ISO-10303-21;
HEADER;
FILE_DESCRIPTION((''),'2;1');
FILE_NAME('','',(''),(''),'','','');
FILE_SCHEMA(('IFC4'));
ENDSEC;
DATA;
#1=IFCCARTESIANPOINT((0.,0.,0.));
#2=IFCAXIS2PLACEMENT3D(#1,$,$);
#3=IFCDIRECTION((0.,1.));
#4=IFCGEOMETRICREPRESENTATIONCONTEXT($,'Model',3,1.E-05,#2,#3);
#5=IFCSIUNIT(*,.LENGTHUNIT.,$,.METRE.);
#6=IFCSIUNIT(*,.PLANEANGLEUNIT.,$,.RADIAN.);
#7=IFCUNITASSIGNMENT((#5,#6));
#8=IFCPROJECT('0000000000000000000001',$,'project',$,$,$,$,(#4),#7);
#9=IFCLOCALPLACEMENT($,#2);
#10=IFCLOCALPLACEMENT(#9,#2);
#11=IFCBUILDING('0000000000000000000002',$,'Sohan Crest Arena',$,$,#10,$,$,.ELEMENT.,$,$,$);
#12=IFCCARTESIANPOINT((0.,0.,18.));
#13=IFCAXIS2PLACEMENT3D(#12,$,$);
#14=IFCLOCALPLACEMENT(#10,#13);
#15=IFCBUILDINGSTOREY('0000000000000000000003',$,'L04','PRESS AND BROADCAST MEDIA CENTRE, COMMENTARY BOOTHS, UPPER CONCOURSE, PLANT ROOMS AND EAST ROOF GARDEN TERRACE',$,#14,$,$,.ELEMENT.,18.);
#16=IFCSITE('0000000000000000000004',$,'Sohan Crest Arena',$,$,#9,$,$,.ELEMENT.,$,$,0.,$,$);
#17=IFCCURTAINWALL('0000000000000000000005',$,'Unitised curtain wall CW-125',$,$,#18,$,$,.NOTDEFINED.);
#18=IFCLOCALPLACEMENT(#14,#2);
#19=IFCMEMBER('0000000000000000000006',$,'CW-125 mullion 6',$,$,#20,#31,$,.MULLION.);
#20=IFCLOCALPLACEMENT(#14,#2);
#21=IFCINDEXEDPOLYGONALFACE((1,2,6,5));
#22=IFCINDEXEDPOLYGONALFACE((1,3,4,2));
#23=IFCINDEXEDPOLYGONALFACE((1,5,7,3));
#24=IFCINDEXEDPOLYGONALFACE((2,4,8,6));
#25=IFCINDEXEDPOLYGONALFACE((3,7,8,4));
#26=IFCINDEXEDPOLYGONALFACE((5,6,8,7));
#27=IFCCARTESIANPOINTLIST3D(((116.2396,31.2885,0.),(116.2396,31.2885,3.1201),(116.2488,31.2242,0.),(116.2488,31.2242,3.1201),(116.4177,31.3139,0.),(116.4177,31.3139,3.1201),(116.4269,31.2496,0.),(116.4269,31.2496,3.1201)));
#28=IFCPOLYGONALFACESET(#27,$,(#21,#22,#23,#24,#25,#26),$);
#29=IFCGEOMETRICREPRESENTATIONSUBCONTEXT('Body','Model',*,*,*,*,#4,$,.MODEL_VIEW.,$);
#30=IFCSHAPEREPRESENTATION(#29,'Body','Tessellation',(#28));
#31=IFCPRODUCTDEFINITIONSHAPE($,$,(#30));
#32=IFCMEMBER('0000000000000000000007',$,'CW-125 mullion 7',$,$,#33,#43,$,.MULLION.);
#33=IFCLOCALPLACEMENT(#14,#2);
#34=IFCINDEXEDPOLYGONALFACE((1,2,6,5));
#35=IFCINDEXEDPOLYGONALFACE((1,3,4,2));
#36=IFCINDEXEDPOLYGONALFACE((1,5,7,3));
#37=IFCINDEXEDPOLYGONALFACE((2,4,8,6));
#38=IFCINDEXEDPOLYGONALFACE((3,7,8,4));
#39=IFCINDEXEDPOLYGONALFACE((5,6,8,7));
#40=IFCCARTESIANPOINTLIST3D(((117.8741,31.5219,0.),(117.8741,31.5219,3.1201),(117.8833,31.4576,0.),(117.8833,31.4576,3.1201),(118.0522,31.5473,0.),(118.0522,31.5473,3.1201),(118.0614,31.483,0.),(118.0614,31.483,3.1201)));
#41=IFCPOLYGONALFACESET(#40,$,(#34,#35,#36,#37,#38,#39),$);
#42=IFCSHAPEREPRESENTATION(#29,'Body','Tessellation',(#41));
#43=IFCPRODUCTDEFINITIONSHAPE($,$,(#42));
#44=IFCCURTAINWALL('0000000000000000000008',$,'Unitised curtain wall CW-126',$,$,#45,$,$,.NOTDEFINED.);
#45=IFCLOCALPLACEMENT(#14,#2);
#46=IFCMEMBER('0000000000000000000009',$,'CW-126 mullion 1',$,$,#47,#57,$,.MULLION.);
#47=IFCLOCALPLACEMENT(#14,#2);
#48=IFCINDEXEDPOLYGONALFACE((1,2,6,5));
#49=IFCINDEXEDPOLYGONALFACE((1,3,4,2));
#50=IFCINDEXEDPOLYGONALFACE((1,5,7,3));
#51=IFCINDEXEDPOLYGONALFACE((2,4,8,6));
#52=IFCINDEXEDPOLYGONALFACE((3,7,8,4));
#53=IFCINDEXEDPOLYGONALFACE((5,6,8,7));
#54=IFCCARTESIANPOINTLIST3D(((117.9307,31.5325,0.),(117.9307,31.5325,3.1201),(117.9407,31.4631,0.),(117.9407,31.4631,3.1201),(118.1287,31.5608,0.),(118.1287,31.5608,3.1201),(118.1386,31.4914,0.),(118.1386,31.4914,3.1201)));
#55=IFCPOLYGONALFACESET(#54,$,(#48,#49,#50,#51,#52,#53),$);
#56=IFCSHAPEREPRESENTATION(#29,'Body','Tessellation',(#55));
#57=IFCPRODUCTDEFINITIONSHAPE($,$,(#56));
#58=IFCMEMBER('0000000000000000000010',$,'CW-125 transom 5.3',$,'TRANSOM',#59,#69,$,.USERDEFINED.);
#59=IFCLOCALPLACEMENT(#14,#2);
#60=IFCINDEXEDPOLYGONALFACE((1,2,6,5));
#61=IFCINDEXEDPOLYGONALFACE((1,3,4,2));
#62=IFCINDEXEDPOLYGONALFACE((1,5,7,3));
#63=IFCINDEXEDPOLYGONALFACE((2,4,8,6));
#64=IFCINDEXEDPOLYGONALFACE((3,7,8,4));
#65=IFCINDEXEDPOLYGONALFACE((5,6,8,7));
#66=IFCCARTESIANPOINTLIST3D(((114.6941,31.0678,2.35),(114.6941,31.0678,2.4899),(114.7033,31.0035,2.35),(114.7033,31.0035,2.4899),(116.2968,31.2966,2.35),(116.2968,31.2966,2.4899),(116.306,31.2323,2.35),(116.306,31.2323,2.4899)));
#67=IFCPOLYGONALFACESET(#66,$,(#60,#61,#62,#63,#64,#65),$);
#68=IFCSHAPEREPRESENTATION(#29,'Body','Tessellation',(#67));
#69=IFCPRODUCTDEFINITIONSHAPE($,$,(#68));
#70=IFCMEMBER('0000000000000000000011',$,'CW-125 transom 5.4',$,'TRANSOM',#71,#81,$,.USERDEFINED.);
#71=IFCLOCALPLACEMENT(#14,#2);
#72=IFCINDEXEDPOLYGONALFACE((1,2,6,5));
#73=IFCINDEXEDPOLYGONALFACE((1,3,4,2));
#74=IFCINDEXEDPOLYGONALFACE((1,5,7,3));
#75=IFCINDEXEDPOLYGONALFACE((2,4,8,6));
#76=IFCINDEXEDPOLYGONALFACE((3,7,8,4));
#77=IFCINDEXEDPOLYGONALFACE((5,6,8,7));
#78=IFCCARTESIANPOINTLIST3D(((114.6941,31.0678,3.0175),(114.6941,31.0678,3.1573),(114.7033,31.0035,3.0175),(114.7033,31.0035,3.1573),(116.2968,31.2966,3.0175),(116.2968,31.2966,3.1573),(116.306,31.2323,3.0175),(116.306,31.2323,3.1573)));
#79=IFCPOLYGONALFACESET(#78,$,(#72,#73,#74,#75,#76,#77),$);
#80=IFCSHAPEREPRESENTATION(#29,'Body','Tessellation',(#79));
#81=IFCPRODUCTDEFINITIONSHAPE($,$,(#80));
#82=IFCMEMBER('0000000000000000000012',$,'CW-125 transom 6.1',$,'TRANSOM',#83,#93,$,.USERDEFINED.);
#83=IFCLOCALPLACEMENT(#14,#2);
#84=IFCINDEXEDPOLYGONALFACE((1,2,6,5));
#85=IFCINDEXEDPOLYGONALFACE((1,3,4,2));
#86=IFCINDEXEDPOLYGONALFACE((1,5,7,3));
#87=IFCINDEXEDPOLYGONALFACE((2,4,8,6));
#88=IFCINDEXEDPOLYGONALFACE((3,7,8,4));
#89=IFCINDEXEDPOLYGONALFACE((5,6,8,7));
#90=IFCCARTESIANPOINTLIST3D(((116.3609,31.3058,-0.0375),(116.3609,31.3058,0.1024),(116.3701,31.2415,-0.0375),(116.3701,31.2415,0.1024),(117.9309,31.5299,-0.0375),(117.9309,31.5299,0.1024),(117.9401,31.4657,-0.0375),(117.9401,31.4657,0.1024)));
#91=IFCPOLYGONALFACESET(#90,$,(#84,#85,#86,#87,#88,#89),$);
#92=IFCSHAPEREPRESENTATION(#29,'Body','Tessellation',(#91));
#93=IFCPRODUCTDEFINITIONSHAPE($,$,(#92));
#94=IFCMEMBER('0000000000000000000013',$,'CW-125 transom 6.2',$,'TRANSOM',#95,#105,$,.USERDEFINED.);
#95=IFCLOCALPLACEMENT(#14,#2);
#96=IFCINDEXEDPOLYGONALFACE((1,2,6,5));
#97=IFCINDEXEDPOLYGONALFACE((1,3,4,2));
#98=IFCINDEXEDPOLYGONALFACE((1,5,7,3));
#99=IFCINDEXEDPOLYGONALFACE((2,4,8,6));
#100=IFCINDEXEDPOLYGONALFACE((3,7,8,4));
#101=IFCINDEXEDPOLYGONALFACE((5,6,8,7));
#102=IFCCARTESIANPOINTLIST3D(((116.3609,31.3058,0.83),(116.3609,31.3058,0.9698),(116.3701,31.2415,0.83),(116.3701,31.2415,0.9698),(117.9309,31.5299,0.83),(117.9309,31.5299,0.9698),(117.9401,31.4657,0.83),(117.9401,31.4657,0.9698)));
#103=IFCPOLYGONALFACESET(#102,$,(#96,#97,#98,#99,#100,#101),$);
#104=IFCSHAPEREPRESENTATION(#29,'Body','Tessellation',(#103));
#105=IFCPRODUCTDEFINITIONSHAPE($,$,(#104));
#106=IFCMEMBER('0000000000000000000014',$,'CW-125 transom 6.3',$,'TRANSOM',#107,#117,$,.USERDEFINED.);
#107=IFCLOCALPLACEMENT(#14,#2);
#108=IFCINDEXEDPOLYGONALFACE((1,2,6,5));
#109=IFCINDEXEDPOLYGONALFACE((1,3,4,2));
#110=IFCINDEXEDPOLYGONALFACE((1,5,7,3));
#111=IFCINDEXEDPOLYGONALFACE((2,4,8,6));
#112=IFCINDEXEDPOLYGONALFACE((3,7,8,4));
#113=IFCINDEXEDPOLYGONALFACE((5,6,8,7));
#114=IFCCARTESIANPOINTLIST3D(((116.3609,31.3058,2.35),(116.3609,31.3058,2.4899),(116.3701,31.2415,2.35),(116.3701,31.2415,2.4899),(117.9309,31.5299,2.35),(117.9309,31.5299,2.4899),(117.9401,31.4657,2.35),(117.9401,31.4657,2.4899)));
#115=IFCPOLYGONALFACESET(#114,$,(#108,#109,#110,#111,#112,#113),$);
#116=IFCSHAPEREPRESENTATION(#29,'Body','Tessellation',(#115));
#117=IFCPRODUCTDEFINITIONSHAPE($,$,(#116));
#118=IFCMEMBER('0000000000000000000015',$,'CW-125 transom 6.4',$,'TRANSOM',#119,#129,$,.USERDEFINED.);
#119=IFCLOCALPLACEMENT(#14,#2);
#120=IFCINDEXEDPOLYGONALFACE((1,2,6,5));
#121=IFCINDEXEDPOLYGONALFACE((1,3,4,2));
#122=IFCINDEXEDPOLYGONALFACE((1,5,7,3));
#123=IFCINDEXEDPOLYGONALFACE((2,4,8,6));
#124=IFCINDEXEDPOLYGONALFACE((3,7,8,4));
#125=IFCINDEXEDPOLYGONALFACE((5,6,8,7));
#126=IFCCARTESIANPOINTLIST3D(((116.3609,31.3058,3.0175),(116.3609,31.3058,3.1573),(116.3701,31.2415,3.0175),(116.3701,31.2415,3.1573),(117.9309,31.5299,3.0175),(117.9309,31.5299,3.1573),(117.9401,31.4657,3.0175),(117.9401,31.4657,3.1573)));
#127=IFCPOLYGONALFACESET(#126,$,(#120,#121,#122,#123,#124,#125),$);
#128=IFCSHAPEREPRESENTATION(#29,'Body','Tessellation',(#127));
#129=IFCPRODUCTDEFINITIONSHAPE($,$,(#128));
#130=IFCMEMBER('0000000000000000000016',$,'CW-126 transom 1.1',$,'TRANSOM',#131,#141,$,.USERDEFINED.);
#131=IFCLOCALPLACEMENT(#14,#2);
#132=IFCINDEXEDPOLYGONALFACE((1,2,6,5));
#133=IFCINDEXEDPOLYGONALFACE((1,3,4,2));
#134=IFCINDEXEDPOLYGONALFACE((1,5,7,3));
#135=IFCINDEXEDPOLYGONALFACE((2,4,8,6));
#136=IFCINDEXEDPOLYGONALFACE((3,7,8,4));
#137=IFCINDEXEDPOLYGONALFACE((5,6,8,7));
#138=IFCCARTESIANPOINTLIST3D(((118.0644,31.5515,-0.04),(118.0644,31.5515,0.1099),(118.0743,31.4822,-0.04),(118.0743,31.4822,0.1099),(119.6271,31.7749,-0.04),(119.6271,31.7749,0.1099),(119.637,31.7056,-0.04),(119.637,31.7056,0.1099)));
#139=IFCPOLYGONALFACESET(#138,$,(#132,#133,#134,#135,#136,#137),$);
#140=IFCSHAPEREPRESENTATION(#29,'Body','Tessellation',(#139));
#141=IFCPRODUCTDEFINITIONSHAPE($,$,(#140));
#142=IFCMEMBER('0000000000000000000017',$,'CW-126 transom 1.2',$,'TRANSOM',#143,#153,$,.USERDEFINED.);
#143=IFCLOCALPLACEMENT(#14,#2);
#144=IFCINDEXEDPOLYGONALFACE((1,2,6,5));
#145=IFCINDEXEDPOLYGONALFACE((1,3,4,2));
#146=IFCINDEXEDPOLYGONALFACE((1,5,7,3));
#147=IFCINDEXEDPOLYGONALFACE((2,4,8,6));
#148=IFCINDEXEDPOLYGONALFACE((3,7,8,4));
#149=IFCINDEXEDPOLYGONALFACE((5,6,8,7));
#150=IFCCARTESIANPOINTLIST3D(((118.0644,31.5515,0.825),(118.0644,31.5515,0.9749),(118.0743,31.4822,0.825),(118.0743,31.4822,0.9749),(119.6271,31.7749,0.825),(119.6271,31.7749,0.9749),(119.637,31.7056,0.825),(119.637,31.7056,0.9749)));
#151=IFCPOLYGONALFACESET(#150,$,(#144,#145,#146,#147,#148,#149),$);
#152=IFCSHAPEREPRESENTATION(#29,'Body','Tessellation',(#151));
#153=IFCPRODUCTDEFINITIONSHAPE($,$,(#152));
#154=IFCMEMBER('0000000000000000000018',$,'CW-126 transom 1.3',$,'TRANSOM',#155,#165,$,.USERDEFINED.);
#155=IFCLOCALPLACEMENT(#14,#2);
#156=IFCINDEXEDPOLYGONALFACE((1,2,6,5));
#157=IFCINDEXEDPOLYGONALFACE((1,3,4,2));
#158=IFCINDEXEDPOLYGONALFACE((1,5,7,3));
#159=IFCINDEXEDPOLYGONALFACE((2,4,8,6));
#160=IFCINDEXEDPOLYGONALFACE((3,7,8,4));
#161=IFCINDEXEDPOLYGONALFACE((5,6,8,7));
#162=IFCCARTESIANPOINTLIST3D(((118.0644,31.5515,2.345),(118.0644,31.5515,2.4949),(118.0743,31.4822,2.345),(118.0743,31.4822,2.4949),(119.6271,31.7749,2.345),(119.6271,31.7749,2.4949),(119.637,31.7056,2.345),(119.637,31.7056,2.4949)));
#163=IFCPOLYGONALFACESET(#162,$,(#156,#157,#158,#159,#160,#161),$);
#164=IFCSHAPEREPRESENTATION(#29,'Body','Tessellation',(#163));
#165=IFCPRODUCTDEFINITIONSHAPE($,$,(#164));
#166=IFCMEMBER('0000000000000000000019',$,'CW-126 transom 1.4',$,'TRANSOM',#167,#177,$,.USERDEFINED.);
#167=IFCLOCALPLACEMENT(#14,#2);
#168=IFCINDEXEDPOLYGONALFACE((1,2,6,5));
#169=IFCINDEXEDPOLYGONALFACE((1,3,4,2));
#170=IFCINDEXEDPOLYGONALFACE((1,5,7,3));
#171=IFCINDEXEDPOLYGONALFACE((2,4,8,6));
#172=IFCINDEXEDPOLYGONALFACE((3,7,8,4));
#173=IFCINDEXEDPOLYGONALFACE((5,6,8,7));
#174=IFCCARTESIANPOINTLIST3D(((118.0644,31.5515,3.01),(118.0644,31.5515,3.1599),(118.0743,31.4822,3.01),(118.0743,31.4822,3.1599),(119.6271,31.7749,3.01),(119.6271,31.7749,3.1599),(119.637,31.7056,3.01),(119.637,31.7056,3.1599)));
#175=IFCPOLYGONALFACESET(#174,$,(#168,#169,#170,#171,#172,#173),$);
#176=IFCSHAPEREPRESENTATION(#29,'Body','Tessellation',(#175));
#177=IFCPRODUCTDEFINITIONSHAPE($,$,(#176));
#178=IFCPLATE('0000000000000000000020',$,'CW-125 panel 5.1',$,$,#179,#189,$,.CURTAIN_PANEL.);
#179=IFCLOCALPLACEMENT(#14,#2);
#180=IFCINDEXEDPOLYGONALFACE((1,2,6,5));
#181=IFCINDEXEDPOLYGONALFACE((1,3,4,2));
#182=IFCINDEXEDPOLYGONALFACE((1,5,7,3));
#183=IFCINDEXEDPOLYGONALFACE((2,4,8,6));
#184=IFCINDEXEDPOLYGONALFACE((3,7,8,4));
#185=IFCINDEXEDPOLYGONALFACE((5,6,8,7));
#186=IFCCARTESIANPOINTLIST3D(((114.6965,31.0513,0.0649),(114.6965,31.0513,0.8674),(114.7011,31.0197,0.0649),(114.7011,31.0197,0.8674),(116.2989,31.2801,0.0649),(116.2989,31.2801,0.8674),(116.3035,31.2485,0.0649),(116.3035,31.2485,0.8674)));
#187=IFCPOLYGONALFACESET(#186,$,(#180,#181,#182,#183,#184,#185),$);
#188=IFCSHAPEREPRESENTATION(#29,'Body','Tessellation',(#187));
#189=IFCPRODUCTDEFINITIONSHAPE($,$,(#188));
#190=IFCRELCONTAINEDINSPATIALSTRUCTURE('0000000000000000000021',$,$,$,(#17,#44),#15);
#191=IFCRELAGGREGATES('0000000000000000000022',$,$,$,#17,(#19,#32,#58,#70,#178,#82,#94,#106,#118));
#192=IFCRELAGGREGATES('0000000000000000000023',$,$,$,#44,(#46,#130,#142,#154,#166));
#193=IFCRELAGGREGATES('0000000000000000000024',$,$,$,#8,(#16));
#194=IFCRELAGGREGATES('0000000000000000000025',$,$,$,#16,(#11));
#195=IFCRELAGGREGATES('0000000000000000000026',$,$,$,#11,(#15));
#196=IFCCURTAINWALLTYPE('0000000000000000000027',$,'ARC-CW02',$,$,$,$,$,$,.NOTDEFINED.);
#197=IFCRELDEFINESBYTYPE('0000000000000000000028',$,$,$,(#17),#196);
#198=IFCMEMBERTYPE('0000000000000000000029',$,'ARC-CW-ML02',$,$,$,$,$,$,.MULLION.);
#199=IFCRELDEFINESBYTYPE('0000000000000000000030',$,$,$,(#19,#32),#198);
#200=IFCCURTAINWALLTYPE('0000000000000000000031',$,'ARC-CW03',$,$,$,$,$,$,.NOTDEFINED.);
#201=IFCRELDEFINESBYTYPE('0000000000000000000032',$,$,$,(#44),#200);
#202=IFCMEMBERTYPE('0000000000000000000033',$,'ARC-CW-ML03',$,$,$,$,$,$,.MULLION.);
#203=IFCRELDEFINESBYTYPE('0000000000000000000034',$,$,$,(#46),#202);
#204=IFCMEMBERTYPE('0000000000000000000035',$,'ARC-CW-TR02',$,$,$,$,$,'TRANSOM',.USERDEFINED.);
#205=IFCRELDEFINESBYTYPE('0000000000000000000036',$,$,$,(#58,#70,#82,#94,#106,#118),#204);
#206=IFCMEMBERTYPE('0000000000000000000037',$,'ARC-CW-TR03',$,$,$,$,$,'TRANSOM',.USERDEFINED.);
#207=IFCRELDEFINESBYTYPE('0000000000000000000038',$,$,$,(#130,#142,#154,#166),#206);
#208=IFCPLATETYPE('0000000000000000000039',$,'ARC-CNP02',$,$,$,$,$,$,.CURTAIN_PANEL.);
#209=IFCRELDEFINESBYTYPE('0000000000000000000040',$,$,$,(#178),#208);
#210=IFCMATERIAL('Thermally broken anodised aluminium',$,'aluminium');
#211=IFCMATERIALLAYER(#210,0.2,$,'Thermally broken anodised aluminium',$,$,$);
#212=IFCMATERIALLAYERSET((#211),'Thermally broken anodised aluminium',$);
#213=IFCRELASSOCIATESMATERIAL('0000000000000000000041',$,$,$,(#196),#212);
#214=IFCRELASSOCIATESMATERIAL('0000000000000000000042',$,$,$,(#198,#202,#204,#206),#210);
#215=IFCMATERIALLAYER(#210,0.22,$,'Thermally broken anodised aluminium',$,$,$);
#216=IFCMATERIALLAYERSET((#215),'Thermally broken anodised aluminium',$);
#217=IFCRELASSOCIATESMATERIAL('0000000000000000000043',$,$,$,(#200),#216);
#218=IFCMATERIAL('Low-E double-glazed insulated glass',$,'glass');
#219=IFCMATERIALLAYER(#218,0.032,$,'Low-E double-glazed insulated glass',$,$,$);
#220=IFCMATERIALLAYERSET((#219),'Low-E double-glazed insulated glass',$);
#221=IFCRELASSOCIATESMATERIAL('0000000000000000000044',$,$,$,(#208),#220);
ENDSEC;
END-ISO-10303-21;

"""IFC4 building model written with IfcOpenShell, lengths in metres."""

from ifc_helpers import new_model, si_unit, direction, frame, origin, origin_2d, place, context, subcontext, project, spatial, rectangle, extrude, material, layer, layer_set, material_profile, profile_set, type_object, element, aggregate, save


model = new_model("IFC4")

# Units and contexts
model_context = context("Model", 3, precision=1e-05, world=origin(), true_north=direction((0.0, 1.0)))
body_context = subcontext(model_context, "Body", "Model", "MODEL_VIEW")
ifc_project = project(units=[si_unit("LENGTHUNIT", "METRE"), si_unit("PLANEANGLEUNIT", "RADIAN")], contexts=[model_context])

# Site, building, storey
site_placement = place(None, origin())
site = spatial("IfcSite", under=ifc_project, at=site_placement, Name="Sohan Crest Arena", CompositionType="ELEMENT", RefElevation=0.0)
building_placement = place(site_placement, origin())
building = spatial("IfcBuilding", under=site, at=building_placement, Name="Sohan Crest Arena", CompositionType="ELEMENT")
storey_placement = place(building_placement, frame((0.0, 0.0, 18.0)))
storey = spatial("IfcBuildingStorey", under=building, at=storey_placement, Name="L04", Description="PRESS AND BROADCAST MEDIA CENTRE, COMMENTARY BOOTHS, UPPER CONCOURSE, PLANT ROOMS AND EAST ROOF GARDEN TERRACE", CompositionType="ELEMENT", Elevation=18.0)

# Curtain wall, members
ifc_material_1 = material(Name="Thermally broken anodised aluminium", Category="aluminium")
ifc_layer_1 = layer(ifc_material_1, 0.2, Name="Thermally broken anodised aluminium")
ifc_layer_set_1 = layer_set([ifc_layer_1], Name="Thermally broken anodised aluminium")
curtain_wall_type_1 = type_object("IfcCurtainWallType", Name="ARC-CW02", PredefinedType="NOTDEFINED", material=ifc_layer_set_1)
curtain_wall_1_placement = place(storey_placement, origin())
curtain_wall_1 = element("IfcCurtainWall", 1, at=curtain_wall_1_placement, inside=storey, type_object=curtain_wall_type_1, Name="Unitised curtain wall CW-125", PredefinedType="NOTDEFINED")
ifc_material_profile_1 = material_profile(ifc_material_1, rectangle(XDim=0.0649, YDim=0.1799, at=origin_2d()), Name="ALU-MULL 65x180")
ifc_profile_set_1 = profile_set([ifc_material_profile_1], Name="Thermally broken anodised aluminium")
member_type_1 = type_object("IfcMemberType", Name="ARC-CW-ML02", PredefinedType="MULLION", material=ifc_profile_set_1)
member_1_placement = place(storey_placement, frame((116.3333, 31.269, 0.0), z_axis=(0.0, 0.0, 1.0), x_axis=(-0.141366, 0.989957, 0.0)))
member_1 = element("IfcMember", 2, at=member_1_placement, type_object=member_type_1, Name="CW-125 mullion 6", PredefinedType="MULLION", context=body_context, shape_type="SweptSolid", body=[
    extrude(rectangle(XDim=0.0649, YDim=0.1799, at=origin_2d()), origin(), (0.0, 0.0, 1.0), 3.1201),
])
member_2_placement = place(storey_placement, frame((117.9678, 31.5024, 0.0), z_axis=(0.0, 0.0, 1.0), x_axis=(-0.141366, 0.989957, 0.0)))
member_2 = element("IfcMember", 3, at=member_2_placement, type_object=member_type_1, Name="CW-125 mullion 7", PredefinedType="MULLION", context=body_context, shape_type="SweptSolid", body=[
    extrude(rectangle(XDim=0.0649, YDim=0.1799, at=origin_2d()), origin(), (0.0, 0.0, 1.0), 3.1201),
])

# Curtain wall, member
ifc_layer_2 = layer(ifc_material_1, 0.22, Name="Thermally broken anodised aluminium")
ifc_layer_set_2 = layer_set([ifc_layer_2], Name="Thermally broken anodised aluminium")
curtain_wall_type_2 = type_object("IfcCurtainWallType", Name="ARC-CW03", PredefinedType="NOTDEFINED", material=ifc_layer_set_2)
curtain_wall_2_placement = place(storey_placement, origin())
curtain_wall_2 = element("IfcCurtainWall", 4, at=curtain_wall_2_placement, inside=storey, type_object=curtain_wall_type_2, Name="Unitised curtain wall CW-126", PredefinedType="NOTDEFINED")
ifc_material_profile_2 = material_profile(ifc_material_1, rectangle(XDim=0.0701, YDim=0.2, at=origin_2d()), Name="ALU-MULL 70x200")
ifc_profile_set_2 = profile_set([ifc_material_profile_2], Name="Thermally broken anodised aluminium")
member_type_2 = type_object("IfcMemberType", Name="ARC-CW-ML03", PredefinedType="MULLION", material=ifc_profile_set_2)
member_3_placement = place(storey_placement, frame((118.0347, 31.512, 0.0), z_axis=(0.0, 0.0, 1.0), x_axis=(-0.141463, 0.989944, 0.0)))
member_3 = element("IfcMember", 5, at=member_3_placement, type_object=member_type_2, Name="CW-126 mullion 1", PredefinedType="MULLION", context=body_context, shape_type="SweptSolid", body=[
    extrude(rectangle(XDim=0.0701, YDim=0.2, at=origin_2d()), origin(), (0.0, 0.0, 1.0), 3.1201),
])

# Members
ifc_material_profile_3 = material_profile(ifc_material_1, rectangle(XDim=0.0649, YDim=0.1399, at=origin_2d()), Name="ALU-TRAN 65x140")
ifc_profile_set_3 = profile_set([ifc_material_profile_3], Name="Thermally broken anodised aluminium")
member_type_3 = type_object("IfcMemberType", Name="ARC-CW-TR02", ElementType="TRANSOM", PredefinedType="USERDEFINED", material=ifc_profile_set_3)
member_4_placement = place(storey_placement, frame((114.6987, 31.0356, 2.4199), z_axis=(0.989965, 0.141316, 0.0), x_axis=(-0.141316, 0.989965, 0.0)))
member_4 = element("IfcMember", 6, at=member_4_placement, type_object=member_type_3, Name="CW-125 transom 5.3", ObjectType="TRANSOM", PredefinedType="USERDEFINED", context=body_context, shape_type="SweptSolid", body=[
    extrude(rectangle(XDim=0.0649, YDim=0.1399, at=origin_2d()), origin(), (0.0, 0.0, 1.0), 1.6189),
])
member_5_placement = place(storey_placement, frame((114.6987, 31.0356, 3.0874), z_axis=(0.989965, 0.141316, 0.0), x_axis=(-0.141316, 0.989965, 0.0)))
member_5 = element("IfcMember", 7, at=member_5_placement, type_object=member_type_3, Name="CW-125 transom 5.4", ObjectType="TRANSOM", PredefinedType="USERDEFINED", context=body_context, shape_type="SweptSolid", body=[
    extrude(rectangle(XDim=0.0649, YDim=0.1399, at=origin_2d()), origin(), (0.0, 0.0, 1.0), 1.6189),
])
member_6_placement = place(storey_placement, frame((116.3655, 31.2737, 0.0325), z_axis=(0.989965, 0.141314, 0.0), x_axis=(-0.141314, 0.989965, 0.0)))
member_6 = element("IfcMember", 8, at=member_6_placement, type_object=member_type_3, Name="CW-125 transom 6.1", ObjectType="TRANSOM", PredefinedType="USERDEFINED", context=body_context, shape_type="SweptSolid", body=[
    extrude(rectangle(XDim=0.0649, YDim=0.1399, at=origin_2d()), origin(), (0.0, 0.0, 1.0), 1.5859),
])
member_7_placement = place(storey_placement, frame((116.3655, 31.2737, 0.8999), z_axis=(0.989965, 0.141314, 0.0), x_axis=(-0.141314, 0.989965, 0.0)))
member_7 = element("IfcMember", 9, at=member_7_placement, type_object=member_type_3, Name="CW-125 transom 6.2", ObjectType="TRANSOM", PredefinedType="USERDEFINED", context=body_context, shape_type="SweptSolid", body=[
    extrude(rectangle(XDim=0.0649, YDim=0.1399, at=origin_2d()), origin(), (0.0, 0.0, 1.0), 1.5859),
])
member_8_placement = place(storey_placement, frame((116.3655, 31.2737, 2.4199), z_axis=(0.989965, 0.141314, 0.0), x_axis=(-0.141314, 0.989965, 0.0)))
member_8 = element("IfcMember", 10, at=member_8_placement, type_object=member_type_3, Name="CW-125 transom 6.3", ObjectType="TRANSOM", PredefinedType="USERDEFINED", context=body_context, shape_type="SweptSolid", body=[
    extrude(rectangle(XDim=0.0649, YDim=0.1399, at=origin_2d()), origin(), (0.0, 0.0, 1.0), 1.5859),
])
member_9_placement = place(storey_placement, frame((116.3655, 31.2737, 3.0874), z_axis=(0.989965, 0.141314, 0.0), x_axis=(-0.141314, 0.989965, 0.0)))
member_9 = element("IfcMember", 11, at=member_9_placement, type_object=member_type_3, Name="CW-125 transom 6.4", ObjectType="TRANSOM", PredefinedType="USERDEFINED", context=body_context, shape_type="SweptSolid", body=[
    extrude(rectangle(XDim=0.0649, YDim=0.1399, at=origin_2d()), origin(), (0.0, 0.0, 1.0), 1.5859),
])
ifc_material_profile_4 = material_profile(ifc_material_1, rectangle(XDim=0.0701, YDim=0.1499, at=origin_2d()), Name="ALU-TRAN 70x150")
ifc_profile_set_4 = profile_set([ifc_material_profile_4], Name="Thermally broken anodised aluminium")
member_type_4 = type_object("IfcMemberType", Name="ARC-CW-TR03", ElementType="TRANSOM", PredefinedType="USERDEFINED", material=ifc_profile_set_4)
member_10_placement = place(storey_placement, frame((118.0693, 31.5168, 0.0349), z_axis=(0.989937, 0.141508, 0.0), x_axis=(-0.141508, 0.989937, 0.0)))
member_10 = element("IfcMember", 12, at=member_10_placement, type_object=member_type_4, Name="CW-126 transom 1.1", ObjectType="TRANSOM", PredefinedType="USERDEFINED", context=body_context, shape_type="SweptSolid", body=[
    extrude(rectangle(XDim=0.0701, YDim=0.1499, at=origin_2d()), origin(), (0.0, 0.0, 1.0), 1.5786),
])
member_11_placement = place(storey_placement, frame((118.0693, 31.5168, 0.8999), z_axis=(0.989937, 0.141508, 0.0), x_axis=(-0.141508, 0.989937, 0.0)))
member_11 = element("IfcMember", 13, at=member_11_placement, type_object=member_type_4, Name="CW-126 transom 1.2", ObjectType="TRANSOM", PredefinedType="USERDEFINED", context=body_context, shape_type="SweptSolid", body=[
    extrude(rectangle(XDim=0.0701, YDim=0.1499, at=origin_2d()), origin(), (0.0, 0.0, 1.0), 1.5786),
])
member_12_placement = place(storey_placement, frame((118.0693, 31.5168, 2.4199), z_axis=(0.989937, 0.141508, 0.0), x_axis=(-0.141508, 0.989937, 0.0)))
member_12 = element("IfcMember", 14, at=member_12_placement, type_object=member_type_4, Name="CW-126 transom 1.3", ObjectType="TRANSOM", PredefinedType="USERDEFINED", context=body_context, shape_type="SweptSolid", body=[
    extrude(rectangle(XDim=0.0701, YDim=0.1499, at=origin_2d()), origin(), (0.0, 0.0, 1.0), 1.5786),
])
member_13_placement = place(storey_placement, frame((118.0693, 31.5168, 3.085), z_axis=(0.989937, 0.141508, 0.0), x_axis=(-0.141508, 0.989937, 0.0)))
member_13 = element("IfcMember", 15, at=member_13_placement, type_object=member_type_4, Name="CW-126 transom 1.4", ObjectType="TRANSOM", PredefinedType="USERDEFINED", context=body_context, shape_type="SweptSolid", body=[
    extrude(rectangle(XDim=0.0701, YDim=0.1499, at=origin_2d()), origin(), (0.0, 0.0, 1.0), 1.5786),
])

# Plate
ifc_material_2 = material(Name="Low-E double-glazed insulated glass", Category="glass")
ifc_layer_3 = layer(ifc_material_2, 0.032, Name="Low-E double-glazed insulated glass")
ifc_layer_set_3 = layer_set([ifc_layer_3], Name="Low-E double-glazed insulated glass")
plate_type_1 = type_object("IfcPlateType", Name="ARC-CNP02", PredefinedType="CURTAIN_PANEL", material=ifc_layer_set_3)
plate_1_placement = place(storey_placement, frame((115.5, 31.1499, 0.0649), z_axis=(0.0, 0.0, 1.0), x_axis=(0.989957, 0.141366, 0.0)))
plate_1 = element("IfcPlate", 16, at=plate_1_placement, type_object=plate_type_1, Name="CW-125 panel 5.1", PredefinedType="CURTAIN_PANEL", context=body_context, shape_type="SweptSolid", body=[
    extrude(rectangle(XDim=1.6187, YDim=0.032, at=origin_2d()), origin(), (0.0, 0.0, 1.0), 0.8025),
])
aggregate(curtain_wall_1, [member_1, member_2, member_4, member_5, plate_1, member_6, member_7, member_8, member_9])
aggregate(curtain_wall_2, [member_3, member_10, member_11, member_12, member_13])

save(model, "model.ifc")
